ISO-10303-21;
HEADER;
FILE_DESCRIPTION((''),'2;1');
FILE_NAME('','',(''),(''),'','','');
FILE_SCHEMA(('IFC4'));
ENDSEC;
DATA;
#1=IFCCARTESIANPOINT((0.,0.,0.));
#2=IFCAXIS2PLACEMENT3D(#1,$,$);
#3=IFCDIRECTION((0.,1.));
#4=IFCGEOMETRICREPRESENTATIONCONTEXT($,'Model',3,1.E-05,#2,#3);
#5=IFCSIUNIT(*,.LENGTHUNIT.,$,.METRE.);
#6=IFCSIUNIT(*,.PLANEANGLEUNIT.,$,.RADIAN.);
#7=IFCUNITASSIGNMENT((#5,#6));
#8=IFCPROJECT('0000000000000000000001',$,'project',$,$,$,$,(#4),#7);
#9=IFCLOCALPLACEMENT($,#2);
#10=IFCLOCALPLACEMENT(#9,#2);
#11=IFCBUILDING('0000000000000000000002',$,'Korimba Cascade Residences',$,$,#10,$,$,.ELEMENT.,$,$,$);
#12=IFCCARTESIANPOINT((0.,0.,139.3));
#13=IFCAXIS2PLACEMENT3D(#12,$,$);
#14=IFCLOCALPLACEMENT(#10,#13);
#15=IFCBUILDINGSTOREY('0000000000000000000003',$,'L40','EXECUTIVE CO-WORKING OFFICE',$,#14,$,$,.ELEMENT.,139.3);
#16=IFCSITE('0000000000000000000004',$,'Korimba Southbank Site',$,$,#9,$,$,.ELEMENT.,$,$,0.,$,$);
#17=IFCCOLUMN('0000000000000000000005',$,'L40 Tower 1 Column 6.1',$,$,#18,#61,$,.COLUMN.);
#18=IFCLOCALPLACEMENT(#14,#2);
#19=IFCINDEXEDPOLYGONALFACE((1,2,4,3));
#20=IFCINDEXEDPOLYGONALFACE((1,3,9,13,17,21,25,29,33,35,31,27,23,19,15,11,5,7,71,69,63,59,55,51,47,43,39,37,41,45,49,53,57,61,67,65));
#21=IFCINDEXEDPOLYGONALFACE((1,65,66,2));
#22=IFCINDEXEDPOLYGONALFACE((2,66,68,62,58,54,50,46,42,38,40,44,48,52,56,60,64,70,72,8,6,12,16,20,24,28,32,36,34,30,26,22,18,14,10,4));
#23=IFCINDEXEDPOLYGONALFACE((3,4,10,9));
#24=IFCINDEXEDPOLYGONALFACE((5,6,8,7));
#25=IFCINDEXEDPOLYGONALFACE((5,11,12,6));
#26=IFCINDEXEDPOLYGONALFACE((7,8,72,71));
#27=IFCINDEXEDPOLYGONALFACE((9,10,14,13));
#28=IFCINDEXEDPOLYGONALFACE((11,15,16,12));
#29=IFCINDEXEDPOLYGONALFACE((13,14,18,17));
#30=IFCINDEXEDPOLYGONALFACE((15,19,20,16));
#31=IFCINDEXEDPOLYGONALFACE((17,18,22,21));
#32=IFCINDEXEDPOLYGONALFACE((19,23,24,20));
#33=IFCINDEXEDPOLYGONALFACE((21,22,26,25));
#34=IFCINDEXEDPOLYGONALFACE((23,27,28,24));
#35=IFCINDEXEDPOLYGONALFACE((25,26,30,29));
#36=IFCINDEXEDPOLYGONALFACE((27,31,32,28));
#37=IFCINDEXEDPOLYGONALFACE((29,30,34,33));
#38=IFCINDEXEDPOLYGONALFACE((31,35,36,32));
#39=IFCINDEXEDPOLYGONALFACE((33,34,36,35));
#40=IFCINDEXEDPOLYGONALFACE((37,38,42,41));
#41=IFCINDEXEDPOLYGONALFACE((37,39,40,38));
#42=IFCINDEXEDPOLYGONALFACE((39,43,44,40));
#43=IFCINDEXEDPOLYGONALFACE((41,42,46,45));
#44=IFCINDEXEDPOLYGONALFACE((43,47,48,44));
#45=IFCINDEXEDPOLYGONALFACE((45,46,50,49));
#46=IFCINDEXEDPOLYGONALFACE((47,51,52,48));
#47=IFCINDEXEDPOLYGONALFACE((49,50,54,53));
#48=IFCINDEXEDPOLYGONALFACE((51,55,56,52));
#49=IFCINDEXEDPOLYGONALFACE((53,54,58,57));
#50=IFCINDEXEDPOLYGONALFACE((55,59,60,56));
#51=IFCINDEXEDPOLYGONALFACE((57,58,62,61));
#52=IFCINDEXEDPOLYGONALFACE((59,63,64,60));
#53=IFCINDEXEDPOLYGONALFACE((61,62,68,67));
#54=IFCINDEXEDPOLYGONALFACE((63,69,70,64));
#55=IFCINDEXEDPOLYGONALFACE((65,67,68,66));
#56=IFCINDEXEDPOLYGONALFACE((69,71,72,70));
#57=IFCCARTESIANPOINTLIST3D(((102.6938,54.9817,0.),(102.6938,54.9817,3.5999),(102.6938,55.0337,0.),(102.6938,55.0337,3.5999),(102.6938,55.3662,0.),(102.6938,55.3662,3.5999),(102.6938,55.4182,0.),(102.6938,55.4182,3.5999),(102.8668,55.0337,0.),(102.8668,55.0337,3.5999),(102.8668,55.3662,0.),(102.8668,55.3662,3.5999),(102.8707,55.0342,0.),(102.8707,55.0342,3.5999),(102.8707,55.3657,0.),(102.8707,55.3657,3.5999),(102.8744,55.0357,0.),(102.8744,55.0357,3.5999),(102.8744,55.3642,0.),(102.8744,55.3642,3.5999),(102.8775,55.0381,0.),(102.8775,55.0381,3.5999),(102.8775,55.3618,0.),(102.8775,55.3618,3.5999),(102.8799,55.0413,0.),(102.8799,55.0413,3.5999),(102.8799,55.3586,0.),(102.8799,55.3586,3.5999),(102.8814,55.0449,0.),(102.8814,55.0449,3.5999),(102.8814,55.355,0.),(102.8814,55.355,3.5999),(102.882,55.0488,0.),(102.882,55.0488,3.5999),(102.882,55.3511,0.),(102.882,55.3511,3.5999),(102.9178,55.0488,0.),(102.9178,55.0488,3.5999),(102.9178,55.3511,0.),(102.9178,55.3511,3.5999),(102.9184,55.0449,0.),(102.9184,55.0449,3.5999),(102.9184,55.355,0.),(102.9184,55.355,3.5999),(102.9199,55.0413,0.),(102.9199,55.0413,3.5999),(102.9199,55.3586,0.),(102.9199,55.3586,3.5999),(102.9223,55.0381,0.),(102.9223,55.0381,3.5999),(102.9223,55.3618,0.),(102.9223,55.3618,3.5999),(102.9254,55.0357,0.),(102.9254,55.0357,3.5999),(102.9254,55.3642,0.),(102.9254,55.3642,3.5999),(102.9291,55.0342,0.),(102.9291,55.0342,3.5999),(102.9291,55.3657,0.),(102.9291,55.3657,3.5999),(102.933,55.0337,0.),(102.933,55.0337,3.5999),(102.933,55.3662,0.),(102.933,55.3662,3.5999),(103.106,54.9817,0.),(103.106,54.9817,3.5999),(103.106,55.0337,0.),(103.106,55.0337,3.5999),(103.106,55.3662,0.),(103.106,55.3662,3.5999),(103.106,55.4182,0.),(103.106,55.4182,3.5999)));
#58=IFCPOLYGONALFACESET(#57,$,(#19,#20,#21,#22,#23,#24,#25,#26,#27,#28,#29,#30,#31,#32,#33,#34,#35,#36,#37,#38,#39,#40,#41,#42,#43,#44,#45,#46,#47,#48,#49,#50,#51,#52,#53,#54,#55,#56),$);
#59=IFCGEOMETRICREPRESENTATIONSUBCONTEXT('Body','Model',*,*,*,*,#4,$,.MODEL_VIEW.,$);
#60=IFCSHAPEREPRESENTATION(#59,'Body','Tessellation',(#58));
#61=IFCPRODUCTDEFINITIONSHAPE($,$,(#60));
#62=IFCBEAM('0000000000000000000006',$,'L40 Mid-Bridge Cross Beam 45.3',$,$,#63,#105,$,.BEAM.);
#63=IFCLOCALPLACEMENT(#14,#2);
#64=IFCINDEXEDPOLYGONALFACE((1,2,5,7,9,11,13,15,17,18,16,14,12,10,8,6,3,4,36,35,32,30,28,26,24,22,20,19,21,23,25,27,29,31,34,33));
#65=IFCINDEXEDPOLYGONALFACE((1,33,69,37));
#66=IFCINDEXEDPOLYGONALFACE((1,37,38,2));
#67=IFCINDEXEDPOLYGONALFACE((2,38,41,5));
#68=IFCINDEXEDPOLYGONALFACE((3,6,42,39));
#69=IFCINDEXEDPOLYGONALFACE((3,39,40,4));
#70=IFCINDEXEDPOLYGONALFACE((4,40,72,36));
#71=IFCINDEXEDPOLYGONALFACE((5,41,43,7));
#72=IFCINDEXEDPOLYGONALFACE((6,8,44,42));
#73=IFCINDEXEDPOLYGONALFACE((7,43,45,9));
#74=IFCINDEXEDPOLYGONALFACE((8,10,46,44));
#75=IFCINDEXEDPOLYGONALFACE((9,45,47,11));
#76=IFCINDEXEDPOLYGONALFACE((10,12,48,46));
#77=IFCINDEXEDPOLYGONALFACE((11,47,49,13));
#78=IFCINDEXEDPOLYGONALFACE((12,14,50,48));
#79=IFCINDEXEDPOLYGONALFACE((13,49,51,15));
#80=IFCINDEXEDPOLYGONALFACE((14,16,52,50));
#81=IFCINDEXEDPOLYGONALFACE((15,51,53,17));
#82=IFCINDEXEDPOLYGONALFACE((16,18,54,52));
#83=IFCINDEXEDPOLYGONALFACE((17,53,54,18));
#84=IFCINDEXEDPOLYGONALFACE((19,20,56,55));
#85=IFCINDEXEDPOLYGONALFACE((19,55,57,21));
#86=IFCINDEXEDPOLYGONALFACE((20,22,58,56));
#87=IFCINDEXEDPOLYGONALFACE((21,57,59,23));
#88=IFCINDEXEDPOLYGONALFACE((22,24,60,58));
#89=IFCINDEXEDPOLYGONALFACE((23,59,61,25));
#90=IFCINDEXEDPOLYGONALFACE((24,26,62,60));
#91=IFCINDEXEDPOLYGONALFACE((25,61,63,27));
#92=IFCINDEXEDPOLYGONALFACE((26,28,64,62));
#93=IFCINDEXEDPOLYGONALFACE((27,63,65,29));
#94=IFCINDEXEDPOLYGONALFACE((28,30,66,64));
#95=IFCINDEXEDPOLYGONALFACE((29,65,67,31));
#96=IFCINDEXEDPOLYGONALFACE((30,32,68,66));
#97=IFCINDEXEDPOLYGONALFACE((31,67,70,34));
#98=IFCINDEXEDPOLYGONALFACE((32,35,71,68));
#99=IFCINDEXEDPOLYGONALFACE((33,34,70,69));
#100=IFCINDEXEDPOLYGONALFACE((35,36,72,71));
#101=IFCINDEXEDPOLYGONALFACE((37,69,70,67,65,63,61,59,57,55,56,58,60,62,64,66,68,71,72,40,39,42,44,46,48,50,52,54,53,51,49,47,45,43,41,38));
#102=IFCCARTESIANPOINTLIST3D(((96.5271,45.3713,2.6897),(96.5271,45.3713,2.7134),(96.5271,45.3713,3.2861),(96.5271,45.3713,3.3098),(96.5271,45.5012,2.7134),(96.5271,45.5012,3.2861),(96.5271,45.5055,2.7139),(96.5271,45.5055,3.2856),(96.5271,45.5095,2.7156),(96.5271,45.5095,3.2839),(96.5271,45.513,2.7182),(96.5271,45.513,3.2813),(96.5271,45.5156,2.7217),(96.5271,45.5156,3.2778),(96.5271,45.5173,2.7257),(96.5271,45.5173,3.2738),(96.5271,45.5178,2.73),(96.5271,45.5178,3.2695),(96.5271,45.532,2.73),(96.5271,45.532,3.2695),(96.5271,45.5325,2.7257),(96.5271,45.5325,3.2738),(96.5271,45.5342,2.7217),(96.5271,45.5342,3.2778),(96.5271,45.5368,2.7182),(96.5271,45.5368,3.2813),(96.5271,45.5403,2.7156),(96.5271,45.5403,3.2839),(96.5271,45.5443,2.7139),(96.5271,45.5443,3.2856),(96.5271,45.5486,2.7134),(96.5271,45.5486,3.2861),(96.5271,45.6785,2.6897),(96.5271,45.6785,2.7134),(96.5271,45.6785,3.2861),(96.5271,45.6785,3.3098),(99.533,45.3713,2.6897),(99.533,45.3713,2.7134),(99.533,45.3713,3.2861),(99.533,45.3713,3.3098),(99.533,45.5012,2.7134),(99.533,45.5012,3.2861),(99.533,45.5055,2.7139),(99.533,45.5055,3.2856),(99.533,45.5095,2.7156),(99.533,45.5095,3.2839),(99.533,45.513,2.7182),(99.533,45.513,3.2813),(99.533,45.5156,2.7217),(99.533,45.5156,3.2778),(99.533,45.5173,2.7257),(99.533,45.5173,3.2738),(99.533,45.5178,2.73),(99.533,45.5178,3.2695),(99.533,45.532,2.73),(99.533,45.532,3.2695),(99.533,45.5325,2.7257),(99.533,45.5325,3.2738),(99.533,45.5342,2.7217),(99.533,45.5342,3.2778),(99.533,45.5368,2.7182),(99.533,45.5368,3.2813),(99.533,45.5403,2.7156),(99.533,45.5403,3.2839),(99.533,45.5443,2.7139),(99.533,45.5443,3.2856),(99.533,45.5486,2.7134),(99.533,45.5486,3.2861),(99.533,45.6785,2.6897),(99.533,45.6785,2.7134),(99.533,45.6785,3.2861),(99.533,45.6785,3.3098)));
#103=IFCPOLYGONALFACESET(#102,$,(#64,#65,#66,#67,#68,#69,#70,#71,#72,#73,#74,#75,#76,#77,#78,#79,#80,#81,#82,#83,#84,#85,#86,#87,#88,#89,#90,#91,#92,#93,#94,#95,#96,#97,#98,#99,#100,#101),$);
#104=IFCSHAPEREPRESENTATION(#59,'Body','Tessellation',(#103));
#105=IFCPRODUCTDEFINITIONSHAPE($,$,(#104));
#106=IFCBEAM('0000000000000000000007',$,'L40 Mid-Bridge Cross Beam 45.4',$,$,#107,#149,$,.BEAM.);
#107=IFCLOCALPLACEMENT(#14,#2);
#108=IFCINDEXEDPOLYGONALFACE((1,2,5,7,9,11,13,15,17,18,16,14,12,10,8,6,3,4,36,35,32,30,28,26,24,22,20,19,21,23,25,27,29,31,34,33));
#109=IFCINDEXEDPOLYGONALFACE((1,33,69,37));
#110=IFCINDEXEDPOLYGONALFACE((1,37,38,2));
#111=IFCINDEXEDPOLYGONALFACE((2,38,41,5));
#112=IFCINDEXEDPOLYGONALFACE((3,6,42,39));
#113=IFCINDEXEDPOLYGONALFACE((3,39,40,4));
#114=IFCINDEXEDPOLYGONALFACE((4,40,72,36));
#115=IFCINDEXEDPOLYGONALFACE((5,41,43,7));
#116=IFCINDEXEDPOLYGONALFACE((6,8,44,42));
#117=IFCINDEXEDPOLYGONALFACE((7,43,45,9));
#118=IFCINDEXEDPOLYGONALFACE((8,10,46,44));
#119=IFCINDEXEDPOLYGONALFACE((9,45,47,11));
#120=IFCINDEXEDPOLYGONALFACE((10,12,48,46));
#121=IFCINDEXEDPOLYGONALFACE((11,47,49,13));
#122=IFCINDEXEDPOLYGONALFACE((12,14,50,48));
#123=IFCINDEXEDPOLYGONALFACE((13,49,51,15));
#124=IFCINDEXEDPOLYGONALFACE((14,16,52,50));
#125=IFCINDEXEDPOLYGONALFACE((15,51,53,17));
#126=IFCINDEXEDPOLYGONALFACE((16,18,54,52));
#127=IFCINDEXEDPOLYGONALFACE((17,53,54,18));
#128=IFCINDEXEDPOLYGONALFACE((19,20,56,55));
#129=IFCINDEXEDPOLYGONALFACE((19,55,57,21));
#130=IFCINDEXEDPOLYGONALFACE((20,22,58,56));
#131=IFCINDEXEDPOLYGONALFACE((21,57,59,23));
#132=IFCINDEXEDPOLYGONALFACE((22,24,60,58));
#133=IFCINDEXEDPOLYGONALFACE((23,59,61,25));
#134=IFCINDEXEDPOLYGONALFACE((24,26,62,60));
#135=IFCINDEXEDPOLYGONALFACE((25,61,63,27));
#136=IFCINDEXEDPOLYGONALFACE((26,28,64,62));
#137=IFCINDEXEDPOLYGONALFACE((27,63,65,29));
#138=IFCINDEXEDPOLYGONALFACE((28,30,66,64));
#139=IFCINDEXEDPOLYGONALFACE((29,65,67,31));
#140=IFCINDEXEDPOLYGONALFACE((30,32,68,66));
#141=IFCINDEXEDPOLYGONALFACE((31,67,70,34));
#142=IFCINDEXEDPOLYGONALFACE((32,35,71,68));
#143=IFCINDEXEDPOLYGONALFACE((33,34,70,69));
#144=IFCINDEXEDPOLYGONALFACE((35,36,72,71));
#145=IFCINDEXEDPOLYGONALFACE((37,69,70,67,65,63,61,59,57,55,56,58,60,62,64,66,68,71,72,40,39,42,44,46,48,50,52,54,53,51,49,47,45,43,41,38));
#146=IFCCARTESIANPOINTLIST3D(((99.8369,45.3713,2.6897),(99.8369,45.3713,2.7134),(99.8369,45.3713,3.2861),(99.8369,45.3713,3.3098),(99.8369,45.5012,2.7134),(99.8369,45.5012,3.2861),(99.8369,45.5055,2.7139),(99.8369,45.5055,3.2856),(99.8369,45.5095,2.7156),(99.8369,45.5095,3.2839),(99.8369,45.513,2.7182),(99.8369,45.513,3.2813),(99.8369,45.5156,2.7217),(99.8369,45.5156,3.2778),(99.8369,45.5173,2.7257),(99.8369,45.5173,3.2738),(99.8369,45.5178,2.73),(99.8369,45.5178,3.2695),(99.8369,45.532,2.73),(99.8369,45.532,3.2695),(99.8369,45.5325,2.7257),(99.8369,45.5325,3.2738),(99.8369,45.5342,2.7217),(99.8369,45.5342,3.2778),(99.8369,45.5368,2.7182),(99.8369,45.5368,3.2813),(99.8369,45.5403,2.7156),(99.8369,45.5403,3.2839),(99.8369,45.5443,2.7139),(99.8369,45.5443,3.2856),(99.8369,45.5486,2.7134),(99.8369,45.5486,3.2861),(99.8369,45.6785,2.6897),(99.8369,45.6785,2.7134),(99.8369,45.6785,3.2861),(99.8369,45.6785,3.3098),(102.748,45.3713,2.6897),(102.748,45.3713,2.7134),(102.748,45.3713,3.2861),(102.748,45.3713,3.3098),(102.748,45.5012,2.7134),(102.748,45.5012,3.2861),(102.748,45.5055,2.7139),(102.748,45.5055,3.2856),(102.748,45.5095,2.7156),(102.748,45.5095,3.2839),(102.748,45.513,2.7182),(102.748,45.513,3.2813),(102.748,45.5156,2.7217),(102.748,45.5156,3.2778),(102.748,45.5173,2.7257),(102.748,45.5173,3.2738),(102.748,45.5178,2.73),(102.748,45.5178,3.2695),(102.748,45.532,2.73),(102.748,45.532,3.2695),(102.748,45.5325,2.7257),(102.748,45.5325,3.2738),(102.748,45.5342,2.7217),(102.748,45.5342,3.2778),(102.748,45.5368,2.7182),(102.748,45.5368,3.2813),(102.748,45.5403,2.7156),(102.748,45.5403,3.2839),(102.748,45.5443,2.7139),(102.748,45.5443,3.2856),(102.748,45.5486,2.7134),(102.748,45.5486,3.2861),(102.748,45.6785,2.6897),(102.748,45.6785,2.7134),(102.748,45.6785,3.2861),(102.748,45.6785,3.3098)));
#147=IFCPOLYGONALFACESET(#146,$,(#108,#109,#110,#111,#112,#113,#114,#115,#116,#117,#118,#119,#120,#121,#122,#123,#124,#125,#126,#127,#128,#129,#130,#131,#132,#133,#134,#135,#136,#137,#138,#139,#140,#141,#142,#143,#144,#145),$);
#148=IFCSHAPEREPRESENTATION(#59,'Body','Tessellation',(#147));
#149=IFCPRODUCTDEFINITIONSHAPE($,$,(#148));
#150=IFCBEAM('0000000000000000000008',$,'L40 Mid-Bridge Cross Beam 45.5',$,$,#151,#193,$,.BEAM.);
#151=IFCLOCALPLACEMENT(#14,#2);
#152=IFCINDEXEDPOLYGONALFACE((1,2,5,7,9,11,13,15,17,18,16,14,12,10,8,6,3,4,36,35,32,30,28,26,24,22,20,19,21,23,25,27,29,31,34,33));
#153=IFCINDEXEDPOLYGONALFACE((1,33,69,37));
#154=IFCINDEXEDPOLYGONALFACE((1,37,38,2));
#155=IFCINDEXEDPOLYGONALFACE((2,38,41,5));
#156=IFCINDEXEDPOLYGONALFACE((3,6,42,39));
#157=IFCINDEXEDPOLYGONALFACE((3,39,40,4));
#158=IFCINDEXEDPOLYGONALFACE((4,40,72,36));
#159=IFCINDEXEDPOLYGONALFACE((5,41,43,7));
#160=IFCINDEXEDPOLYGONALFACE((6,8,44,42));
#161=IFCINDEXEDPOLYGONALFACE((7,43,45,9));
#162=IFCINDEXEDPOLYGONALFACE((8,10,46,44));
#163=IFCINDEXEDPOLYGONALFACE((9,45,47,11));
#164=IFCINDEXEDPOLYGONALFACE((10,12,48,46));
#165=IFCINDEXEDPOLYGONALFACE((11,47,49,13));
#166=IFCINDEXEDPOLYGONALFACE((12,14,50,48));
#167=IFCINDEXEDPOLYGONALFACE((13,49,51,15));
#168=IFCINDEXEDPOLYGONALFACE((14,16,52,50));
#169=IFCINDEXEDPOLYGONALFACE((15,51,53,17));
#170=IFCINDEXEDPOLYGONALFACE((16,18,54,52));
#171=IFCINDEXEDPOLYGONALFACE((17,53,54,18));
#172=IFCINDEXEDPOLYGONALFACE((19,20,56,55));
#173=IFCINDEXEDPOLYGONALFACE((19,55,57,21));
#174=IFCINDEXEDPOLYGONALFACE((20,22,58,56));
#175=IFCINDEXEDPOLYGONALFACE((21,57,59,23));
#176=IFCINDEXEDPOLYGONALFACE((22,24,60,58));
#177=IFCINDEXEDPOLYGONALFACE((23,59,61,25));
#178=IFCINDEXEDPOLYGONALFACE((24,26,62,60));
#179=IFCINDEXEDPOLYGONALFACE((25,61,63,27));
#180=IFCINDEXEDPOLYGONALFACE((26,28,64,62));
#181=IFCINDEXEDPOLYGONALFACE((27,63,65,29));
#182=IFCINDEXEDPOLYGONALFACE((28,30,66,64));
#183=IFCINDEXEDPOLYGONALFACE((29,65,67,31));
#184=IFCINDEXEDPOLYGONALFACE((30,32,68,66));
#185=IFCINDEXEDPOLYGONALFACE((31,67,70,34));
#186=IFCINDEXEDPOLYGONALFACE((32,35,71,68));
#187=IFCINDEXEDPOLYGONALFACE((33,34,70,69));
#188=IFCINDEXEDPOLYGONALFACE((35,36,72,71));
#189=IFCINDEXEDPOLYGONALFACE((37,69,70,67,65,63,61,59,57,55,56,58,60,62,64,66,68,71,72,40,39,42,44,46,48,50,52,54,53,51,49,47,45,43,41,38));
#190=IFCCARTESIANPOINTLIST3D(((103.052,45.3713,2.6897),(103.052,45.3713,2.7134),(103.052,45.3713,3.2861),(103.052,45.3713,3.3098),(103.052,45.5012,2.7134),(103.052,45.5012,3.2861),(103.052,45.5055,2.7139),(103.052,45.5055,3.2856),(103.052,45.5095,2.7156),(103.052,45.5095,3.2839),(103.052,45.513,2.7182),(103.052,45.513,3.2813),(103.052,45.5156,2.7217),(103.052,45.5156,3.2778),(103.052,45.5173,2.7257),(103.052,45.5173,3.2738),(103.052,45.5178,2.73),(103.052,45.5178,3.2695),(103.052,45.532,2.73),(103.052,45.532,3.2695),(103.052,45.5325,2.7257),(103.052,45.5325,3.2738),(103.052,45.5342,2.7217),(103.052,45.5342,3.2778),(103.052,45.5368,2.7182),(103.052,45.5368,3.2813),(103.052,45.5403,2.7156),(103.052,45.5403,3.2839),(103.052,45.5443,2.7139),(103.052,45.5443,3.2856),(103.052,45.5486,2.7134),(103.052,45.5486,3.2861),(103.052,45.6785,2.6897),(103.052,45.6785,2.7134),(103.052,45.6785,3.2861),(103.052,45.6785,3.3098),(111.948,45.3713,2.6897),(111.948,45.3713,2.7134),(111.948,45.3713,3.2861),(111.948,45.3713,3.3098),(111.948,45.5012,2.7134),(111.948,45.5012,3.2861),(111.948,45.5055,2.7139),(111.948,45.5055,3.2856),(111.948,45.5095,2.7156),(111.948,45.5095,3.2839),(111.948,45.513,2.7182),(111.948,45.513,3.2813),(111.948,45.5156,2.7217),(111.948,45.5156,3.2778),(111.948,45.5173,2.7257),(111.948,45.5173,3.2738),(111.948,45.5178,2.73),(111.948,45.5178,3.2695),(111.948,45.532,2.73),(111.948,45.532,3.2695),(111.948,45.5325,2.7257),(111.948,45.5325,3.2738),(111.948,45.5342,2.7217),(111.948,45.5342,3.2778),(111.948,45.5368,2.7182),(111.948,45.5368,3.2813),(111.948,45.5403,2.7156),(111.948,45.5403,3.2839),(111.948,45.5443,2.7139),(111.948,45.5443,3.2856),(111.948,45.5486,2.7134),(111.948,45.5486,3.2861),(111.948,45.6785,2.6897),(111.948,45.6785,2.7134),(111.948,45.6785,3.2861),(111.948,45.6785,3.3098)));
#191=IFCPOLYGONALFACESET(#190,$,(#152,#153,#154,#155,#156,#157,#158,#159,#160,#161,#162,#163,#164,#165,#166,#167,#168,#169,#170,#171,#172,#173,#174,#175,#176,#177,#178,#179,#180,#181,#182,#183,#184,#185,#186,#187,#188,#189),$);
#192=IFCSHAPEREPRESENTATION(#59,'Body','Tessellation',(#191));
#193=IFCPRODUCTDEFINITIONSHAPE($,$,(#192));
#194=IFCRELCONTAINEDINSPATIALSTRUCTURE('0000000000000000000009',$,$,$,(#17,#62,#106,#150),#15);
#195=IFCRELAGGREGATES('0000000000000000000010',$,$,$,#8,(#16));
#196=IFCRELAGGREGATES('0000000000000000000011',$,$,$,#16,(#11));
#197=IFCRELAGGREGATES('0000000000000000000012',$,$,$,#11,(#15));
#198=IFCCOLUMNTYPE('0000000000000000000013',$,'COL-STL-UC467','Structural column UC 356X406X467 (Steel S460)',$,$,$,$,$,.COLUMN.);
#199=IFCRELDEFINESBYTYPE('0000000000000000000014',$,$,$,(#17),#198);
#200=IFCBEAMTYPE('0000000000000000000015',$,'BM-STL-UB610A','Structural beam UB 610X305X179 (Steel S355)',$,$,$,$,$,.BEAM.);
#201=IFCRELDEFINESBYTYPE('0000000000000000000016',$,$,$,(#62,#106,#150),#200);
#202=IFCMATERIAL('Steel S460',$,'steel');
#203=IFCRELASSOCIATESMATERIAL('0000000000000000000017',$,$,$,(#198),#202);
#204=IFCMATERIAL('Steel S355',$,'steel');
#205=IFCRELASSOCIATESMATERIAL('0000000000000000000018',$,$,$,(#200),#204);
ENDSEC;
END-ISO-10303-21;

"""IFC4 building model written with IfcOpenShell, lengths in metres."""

from ifc_helpers import new_model, si_unit, direction, frame, origin, origin_2d, place, context, subcontext, project, spatial, i_section, extrude, material, material_profile, profile_set, type_object, element, save


model = new_model("IFC4")

# Units and contexts
model_context = context("Model", 3, precision=1e-05, world=origin(), true_north=direction((0.0, 1.0)))
body_context = subcontext(model_context, "Body", "Model", "MODEL_VIEW")
ifc_project = project(units=[si_unit("LENGTHUNIT", "METRE"), si_unit("PLANEANGLEUNIT", "RADIAN")], contexts=[model_context])

# Site, building, storey
site_placement = place(None, origin())
site = spatial("IfcSite", under=ifc_project, at=site_placement, Name="Korimba Southbank Site", CompositionType="ELEMENT", RefElevation=0.0)
building_placement = place(site_placement, origin())
building = spatial("IfcBuilding", under=site, at=building_placement, Name="Korimba Cascade Residences", CompositionType="ELEMENT")
storey_placement = place(building_placement, frame((0.0, 0.0, 139.3)))
storey = spatial("IfcBuildingStorey", under=building, at=storey_placement, Name="L40", Description="EXECUTIVE CO-WORKING OFFICE", CompositionType="ELEMENT", Elevation=139.3)

# Column
ifc_material_1 = material(Name="Steel S460", Category="steel")
ifc_material_profile_1 = material_profile(ifc_material_1, i_section(OverallWidth=0.4121, OverallDepth=0.4365, WebThickness=0.0359, FlangeThickness=0.052, FilletRadius=0.0151, at=origin_2d()), Name="Steel S460")
ifc_profile_set_1 = profile_set([ifc_material_profile_1], Name="Steel S460")
column_type = type_object("IfcColumnType", Name="COL-STL-UC467", Description="Structural column UC 356X406X467 (Steel S460)", PredefinedType="COLUMN", material=ifc_profile_set_1)
column_placement = place(storey_placement, frame((102.8999, 55.2, 0.0), z_axis=(0.0, 0.0, 1.0), x_axis=(1.0, 0.0, 0.0)))
element("IfcColumn", 1, at=column_placement, inside=storey, type_object=column_type, Name="L40 Tower 1 Column 6.1", PredefinedType="COLUMN", context=body_context, shape_type="SweptSolid", body=[
    extrude(i_section(OverallWidth=0.4121, OverallDepth=0.4365, WebThickness=0.0359, FlangeThickness=0.052, FilletRadius=0.0151, at=origin_2d()), origin(), (0.0, 0.0, 1.0), 3.5999),
])

# Beams
ifc_material_2 = material(Name="Steel S355", Category="steel")
ifc_material_profile_2 = material_profile(ifc_material_2, i_section(OverallWidth=0.3071, OverallDepth=0.6201, WebThickness=0.0142, FlangeThickness=0.0237, FilletRadius=0.0166, at=origin_2d()), Name="Steel S355")
ifc_profile_set_2 = profile_set([ifc_material_profile_2], Name="Steel S355")
beam_type_1 = type_object("IfcBeamType", Name="BM-STL-UB610A", Description="Structural beam UB 610X305X179 (Steel S355)", PredefinedType="BEAM", material=ifc_profile_set_2)
beam_1_placement = place(storey_placement, frame((96.5271, 45.5249, 2.9998), z_axis=(1.0, 0.0, 0.0), x_axis=(0.0, 1.0, 0.0)))
element("IfcBeam", 2, at=beam_1_placement, inside=storey, type_object=beam_type_1, Name="L40 Mid-Bridge Cross Beam 45.3", PredefinedType="BEAM", context=body_context, shape_type="SweptSolid", body=[
    extrude(i_section(OverallWidth=0.3071, OverallDepth=0.6201, WebThickness=0.0142, FlangeThickness=0.0237, FilletRadius=0.0166, at=origin_2d()), origin(), (0.0, 0.0, 1.0), 3.0059),
])
beam_2_placement = place(storey_placement, frame((99.8369, 45.5249, 2.9998), z_axis=(1.0, 0.0, 0.0), x_axis=(0.0, 1.0, 0.0)))
element("IfcBeam", 3, at=beam_2_placement, inside=storey, type_object=beam_type_1, Name="L40 Mid-Bridge Cross Beam 45.4", PredefinedType="BEAM", context=body_context, shape_type="SweptSolid", body=[
    extrude(i_section(OverallWidth=0.3071, OverallDepth=0.6201, WebThickness=0.0142, FlangeThickness=0.0237, FilletRadius=0.0166, at=origin_2d()), origin(), (0.0, 0.0, 1.0), 2.9111),
])
beam_3_placement = place(storey_placement, frame((103.052, 45.5249, 2.9998), z_axis=(1.0, 0.0, 0.0), x_axis=(0.0, 1.0, 0.0)))
element("IfcBeam", 4, at=beam_3_placement, inside=storey, type_object=beam_type_1, Name="L40 Mid-Bridge Cross Beam 45.5", PredefinedType="BEAM", context=body_context, shape_type="SweptSolid", body=[
    extrude(i_section(OverallWidth=0.3071, OverallDepth=0.6201, WebThickness=0.0142, FlangeThickness=0.0237, FilletRadius=0.0166, at=origin_2d()), origin(), (0.0, 0.0, 1.0), 8.896),
])

save(model, "model.ifc")
